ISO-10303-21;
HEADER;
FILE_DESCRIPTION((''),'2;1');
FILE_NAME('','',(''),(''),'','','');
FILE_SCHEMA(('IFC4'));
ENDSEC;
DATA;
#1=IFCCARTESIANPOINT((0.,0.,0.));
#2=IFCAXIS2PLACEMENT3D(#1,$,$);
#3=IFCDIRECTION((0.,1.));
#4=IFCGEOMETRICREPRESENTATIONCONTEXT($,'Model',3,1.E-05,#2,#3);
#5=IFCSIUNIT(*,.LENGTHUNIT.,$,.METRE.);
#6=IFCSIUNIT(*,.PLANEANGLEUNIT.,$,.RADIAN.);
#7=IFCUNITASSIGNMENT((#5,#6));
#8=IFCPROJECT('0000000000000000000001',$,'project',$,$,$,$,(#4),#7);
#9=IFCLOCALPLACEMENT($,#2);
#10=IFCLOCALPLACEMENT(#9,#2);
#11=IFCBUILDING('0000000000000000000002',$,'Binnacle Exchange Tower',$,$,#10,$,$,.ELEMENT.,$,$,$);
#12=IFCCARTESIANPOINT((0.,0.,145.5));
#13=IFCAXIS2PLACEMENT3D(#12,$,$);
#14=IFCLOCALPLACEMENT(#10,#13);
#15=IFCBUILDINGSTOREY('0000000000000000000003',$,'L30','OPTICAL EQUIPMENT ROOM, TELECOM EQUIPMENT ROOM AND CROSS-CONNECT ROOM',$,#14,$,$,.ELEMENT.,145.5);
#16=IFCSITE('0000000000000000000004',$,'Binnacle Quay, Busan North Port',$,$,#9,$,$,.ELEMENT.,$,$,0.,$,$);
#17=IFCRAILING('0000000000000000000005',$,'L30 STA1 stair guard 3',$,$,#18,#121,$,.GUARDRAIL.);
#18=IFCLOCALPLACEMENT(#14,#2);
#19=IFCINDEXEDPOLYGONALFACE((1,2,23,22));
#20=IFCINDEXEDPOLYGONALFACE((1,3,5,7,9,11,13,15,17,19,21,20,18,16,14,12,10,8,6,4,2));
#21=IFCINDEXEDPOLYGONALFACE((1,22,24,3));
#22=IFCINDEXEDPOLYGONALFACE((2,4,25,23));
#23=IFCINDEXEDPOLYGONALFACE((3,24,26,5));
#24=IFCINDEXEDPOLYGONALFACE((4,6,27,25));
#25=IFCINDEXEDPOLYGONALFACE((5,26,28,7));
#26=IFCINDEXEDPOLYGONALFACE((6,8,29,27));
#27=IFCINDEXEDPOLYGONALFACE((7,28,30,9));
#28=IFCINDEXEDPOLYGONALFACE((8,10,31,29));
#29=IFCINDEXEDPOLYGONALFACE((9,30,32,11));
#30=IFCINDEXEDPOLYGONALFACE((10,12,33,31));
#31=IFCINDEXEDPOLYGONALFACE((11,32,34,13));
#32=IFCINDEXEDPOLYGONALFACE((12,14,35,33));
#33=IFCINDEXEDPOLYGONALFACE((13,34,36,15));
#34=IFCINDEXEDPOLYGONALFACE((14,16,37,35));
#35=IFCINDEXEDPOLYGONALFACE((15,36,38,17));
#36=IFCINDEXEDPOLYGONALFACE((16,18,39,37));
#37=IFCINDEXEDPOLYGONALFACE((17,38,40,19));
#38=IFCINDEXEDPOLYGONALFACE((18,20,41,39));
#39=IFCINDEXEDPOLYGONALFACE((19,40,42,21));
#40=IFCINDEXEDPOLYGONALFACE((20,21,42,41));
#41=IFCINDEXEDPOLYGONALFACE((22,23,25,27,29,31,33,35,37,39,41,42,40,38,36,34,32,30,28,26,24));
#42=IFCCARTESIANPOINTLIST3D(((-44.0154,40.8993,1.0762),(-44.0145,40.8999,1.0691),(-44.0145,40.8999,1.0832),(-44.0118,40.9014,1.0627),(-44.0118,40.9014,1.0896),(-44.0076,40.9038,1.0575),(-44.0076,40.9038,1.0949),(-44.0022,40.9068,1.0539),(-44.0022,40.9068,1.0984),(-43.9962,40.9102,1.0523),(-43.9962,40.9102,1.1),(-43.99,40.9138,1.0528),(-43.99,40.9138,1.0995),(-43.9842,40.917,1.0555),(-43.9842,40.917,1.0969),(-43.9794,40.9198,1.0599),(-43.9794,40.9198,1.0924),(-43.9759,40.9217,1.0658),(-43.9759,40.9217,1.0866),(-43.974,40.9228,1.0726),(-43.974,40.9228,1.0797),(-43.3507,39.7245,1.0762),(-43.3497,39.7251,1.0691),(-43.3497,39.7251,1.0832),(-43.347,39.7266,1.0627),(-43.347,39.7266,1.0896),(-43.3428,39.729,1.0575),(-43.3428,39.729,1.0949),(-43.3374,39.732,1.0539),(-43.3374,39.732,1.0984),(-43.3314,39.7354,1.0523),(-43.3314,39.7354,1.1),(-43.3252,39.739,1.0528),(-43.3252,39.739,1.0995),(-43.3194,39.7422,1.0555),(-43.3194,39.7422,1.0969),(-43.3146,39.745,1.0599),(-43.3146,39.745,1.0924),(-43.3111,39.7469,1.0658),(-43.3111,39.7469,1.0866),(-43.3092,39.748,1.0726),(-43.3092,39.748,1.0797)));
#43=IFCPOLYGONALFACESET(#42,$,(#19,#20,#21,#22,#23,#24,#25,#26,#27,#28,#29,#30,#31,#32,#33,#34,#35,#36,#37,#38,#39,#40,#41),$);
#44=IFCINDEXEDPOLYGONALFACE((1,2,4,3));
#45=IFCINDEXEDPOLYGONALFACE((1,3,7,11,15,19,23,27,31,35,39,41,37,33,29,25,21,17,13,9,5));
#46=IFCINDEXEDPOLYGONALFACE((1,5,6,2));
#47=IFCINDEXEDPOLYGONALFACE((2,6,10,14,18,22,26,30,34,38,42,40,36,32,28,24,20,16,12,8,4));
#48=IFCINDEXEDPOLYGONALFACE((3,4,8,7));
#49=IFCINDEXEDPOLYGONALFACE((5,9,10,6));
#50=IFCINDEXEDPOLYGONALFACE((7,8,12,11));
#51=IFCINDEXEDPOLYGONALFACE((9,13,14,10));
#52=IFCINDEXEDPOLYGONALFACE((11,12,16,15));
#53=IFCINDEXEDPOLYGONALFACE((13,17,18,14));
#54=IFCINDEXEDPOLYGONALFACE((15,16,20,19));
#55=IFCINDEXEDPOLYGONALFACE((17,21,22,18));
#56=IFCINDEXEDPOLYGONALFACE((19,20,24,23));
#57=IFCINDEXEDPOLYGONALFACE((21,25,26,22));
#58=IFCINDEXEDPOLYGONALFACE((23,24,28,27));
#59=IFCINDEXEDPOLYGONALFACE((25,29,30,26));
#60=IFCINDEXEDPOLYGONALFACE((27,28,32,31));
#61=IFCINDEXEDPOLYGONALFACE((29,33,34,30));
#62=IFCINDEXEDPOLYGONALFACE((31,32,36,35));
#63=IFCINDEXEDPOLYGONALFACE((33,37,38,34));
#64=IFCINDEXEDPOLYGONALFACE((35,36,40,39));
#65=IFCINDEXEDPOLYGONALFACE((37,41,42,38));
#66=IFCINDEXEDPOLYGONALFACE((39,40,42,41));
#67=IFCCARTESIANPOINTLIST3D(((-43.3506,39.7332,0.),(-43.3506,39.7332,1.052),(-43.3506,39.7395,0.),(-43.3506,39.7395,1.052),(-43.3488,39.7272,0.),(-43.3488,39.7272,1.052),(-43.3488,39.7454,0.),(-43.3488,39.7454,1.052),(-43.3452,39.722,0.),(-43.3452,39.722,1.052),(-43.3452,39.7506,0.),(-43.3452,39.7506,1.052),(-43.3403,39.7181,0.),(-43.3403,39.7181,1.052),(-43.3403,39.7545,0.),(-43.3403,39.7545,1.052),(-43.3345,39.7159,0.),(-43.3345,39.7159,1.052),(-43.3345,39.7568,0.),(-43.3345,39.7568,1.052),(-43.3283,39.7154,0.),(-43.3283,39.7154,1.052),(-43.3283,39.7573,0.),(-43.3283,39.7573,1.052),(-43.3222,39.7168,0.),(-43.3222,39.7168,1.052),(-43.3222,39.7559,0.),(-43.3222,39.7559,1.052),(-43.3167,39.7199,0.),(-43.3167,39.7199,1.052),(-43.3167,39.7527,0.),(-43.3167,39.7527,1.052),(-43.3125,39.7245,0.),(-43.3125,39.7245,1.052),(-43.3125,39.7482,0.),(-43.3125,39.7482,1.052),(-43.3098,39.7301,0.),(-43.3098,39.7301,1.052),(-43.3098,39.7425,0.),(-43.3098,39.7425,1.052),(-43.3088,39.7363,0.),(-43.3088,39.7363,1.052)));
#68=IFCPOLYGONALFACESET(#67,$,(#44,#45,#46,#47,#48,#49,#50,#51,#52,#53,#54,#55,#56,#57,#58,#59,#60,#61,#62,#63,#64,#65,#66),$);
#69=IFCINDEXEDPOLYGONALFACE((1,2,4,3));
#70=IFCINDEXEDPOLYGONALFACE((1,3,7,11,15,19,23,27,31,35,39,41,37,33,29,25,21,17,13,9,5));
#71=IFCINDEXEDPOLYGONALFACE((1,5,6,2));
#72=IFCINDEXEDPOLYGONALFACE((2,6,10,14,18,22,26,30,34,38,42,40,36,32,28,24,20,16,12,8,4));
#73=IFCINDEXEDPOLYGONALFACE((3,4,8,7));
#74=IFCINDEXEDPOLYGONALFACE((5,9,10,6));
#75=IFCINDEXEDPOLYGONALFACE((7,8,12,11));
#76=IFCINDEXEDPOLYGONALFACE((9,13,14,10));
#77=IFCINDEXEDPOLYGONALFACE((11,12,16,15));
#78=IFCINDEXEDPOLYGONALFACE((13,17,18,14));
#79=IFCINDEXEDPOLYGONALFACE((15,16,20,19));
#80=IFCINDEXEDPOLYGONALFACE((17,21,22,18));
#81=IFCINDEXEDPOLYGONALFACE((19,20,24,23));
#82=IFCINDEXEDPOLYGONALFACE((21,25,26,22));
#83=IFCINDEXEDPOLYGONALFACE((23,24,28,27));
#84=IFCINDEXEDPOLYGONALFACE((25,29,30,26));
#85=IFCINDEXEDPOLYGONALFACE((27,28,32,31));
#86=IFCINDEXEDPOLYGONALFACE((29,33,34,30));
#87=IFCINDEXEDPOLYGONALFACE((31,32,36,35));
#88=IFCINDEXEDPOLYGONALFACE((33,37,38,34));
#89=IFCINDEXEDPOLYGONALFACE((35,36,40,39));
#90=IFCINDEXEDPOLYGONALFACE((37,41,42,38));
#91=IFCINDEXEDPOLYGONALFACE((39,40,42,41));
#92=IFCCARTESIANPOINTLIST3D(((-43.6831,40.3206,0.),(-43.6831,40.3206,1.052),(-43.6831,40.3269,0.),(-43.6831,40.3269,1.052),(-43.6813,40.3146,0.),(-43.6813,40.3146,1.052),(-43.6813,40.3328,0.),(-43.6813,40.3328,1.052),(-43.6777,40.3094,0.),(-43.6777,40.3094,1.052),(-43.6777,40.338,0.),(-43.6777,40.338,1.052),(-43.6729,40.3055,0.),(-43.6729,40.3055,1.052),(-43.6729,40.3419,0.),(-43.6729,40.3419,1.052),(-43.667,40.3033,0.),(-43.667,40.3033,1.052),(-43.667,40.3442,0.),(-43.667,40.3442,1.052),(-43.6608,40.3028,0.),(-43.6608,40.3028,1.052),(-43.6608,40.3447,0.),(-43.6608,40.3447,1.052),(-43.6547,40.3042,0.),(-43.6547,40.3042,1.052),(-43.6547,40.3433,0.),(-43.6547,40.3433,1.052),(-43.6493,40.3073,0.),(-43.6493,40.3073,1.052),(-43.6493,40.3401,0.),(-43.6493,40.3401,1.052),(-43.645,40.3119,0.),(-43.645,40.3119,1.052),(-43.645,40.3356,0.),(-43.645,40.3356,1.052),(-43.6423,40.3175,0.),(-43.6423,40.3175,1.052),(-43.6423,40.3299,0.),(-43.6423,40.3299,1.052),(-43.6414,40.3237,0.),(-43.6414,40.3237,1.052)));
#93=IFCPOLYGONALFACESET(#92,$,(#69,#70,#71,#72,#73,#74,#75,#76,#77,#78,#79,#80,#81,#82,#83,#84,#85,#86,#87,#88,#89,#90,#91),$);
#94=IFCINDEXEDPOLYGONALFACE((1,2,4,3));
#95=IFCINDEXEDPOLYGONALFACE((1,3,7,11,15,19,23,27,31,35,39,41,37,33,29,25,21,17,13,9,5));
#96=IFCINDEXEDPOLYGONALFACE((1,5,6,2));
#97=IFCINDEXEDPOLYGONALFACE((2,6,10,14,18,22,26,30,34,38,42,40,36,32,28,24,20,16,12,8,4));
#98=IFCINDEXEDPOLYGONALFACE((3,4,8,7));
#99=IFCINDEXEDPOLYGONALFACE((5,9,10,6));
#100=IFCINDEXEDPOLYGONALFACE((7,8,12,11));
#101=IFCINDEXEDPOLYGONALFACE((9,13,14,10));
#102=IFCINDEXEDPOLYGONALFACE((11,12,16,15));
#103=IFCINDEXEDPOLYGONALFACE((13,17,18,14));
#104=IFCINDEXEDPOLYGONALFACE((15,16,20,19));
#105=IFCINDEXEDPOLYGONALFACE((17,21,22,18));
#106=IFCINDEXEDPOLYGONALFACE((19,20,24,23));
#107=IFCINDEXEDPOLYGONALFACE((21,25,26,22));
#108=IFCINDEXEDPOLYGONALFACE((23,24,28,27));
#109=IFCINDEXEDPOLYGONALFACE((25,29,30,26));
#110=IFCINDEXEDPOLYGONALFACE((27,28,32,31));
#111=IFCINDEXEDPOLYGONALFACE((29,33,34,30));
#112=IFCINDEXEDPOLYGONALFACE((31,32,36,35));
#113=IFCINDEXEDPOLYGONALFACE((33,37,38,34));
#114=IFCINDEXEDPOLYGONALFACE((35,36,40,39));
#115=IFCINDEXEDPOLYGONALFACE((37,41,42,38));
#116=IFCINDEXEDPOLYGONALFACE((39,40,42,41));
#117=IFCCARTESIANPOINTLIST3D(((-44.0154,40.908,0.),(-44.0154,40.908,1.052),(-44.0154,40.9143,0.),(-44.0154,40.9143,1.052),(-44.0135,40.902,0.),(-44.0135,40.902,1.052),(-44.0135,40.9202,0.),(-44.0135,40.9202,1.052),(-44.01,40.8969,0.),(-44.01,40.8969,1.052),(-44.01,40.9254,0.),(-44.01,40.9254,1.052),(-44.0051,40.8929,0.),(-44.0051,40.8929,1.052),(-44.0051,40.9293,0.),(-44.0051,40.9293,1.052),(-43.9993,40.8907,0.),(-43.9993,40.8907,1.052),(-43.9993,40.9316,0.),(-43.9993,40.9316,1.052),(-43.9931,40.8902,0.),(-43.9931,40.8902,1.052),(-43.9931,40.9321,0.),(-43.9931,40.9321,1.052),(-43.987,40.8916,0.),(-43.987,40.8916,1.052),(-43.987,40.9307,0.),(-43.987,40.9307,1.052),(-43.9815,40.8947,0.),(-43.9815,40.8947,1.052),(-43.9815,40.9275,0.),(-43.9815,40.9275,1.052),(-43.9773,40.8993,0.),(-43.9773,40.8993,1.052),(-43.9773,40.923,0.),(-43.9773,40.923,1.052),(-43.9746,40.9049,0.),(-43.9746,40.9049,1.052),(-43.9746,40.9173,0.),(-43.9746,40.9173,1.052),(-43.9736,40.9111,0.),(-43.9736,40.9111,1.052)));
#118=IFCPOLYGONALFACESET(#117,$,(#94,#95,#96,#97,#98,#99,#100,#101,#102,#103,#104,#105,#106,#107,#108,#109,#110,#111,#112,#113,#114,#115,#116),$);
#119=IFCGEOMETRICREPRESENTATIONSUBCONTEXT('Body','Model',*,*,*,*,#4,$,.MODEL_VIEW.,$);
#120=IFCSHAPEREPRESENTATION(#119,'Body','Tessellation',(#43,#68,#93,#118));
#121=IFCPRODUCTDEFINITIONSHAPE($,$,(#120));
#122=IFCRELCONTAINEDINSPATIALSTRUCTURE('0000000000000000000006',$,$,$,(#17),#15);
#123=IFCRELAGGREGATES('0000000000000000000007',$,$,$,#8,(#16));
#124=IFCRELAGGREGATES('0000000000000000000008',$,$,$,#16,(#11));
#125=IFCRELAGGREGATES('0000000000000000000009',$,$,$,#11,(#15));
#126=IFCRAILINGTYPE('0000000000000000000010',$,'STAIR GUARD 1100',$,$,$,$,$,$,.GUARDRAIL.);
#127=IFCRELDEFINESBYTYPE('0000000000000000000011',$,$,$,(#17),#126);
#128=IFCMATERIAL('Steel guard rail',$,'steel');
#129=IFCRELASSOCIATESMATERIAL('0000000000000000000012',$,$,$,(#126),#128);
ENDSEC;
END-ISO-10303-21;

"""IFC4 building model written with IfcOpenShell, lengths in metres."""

from ifc_helpers import new_model, si_unit, direction, frame, origin, origin_2d, place, context, subcontext, project, spatial, circle, extrude, material, type_object, element, save


model = new_model("IFC4")

# Units and contexts
model_context = context("Model", 3, precision=1e-05, world=origin(), true_north=direction((0.0, 1.0)))
body_context = subcontext(model_context, "Body", "Model", "MODEL_VIEW")
ifc_project = project(units=[si_unit("LENGTHUNIT", "METRE"), si_unit("PLANEANGLEUNIT", "RADIAN")], contexts=[model_context])

# Site, building, storey
site_placement = place(None, origin())
site = spatial("IfcSite", under=ifc_project, at=site_placement, Name="Binnacle Quay, Busan North Port", CompositionType="ELEMENT", RefElevation=0.0)
building_placement = place(site_placement, origin())
building = spatial("IfcBuilding", under=site, at=building_placement, Name="Binnacle Exchange Tower", CompositionType="ELEMENT")
storey_placement = place(building_placement, frame((0.0, 0.0, 145.5)))
storey = spatial("IfcBuildingStorey", under=building, at=storey_placement, Name="L30", Description="OPTICAL EQUIPMENT ROOM, TELECOM EQUIPMENT ROOM AND CROSS-CONNECT ROOM", CompositionType="ELEMENT", Elevation=145.5)

# Railing
ifc_material_1 = material(Name="Steel guard rail", Category="steel")
railing_type_1 = type_object("IfcRailingType", Name="STAIR GUARD 1100", PredefinedType="GUARDRAIL", material=ifc_material_1)
railing_1_placement = place(storey_placement, frame((-43.3298, 39.7363, 0.0)))
element("IfcRailing", 1, at=railing_1_placement, inside=storey, type_object=railing_type_1, Name="L30 STA1 stair guard 3", PredefinedType="GUARDRAIL", context=body_context, shape_type="SweptSolid", body=[
    extrude(circle(Radius=0.0239, at=origin_2d()), frame((0.0, 0.0, 1.0762), z_axis=(-0.492492, 0.870317, 0.0), x_axis=(-0.870317, -0.492492, 0.0)), (0.0, 0.0, 1.0), 1.3499),
    extrude(circle(Radius=0.021, at=origin_2d()), origin(), (0.0, 0.0, 1.0), 1.052),
    extrude(circle(Radius=0.021, at=origin_2d()), frame((-0.3325, 0.5874, 0.0)), (0.0, 0.0, 1.0), 1.052),
    extrude(circle(Radius=0.021, at=origin_2d()), frame((-0.6648, 1.1748, 0.0)), (0.0, 0.0, 1.0), 1.052),
])

save(model, "model.ifc")
